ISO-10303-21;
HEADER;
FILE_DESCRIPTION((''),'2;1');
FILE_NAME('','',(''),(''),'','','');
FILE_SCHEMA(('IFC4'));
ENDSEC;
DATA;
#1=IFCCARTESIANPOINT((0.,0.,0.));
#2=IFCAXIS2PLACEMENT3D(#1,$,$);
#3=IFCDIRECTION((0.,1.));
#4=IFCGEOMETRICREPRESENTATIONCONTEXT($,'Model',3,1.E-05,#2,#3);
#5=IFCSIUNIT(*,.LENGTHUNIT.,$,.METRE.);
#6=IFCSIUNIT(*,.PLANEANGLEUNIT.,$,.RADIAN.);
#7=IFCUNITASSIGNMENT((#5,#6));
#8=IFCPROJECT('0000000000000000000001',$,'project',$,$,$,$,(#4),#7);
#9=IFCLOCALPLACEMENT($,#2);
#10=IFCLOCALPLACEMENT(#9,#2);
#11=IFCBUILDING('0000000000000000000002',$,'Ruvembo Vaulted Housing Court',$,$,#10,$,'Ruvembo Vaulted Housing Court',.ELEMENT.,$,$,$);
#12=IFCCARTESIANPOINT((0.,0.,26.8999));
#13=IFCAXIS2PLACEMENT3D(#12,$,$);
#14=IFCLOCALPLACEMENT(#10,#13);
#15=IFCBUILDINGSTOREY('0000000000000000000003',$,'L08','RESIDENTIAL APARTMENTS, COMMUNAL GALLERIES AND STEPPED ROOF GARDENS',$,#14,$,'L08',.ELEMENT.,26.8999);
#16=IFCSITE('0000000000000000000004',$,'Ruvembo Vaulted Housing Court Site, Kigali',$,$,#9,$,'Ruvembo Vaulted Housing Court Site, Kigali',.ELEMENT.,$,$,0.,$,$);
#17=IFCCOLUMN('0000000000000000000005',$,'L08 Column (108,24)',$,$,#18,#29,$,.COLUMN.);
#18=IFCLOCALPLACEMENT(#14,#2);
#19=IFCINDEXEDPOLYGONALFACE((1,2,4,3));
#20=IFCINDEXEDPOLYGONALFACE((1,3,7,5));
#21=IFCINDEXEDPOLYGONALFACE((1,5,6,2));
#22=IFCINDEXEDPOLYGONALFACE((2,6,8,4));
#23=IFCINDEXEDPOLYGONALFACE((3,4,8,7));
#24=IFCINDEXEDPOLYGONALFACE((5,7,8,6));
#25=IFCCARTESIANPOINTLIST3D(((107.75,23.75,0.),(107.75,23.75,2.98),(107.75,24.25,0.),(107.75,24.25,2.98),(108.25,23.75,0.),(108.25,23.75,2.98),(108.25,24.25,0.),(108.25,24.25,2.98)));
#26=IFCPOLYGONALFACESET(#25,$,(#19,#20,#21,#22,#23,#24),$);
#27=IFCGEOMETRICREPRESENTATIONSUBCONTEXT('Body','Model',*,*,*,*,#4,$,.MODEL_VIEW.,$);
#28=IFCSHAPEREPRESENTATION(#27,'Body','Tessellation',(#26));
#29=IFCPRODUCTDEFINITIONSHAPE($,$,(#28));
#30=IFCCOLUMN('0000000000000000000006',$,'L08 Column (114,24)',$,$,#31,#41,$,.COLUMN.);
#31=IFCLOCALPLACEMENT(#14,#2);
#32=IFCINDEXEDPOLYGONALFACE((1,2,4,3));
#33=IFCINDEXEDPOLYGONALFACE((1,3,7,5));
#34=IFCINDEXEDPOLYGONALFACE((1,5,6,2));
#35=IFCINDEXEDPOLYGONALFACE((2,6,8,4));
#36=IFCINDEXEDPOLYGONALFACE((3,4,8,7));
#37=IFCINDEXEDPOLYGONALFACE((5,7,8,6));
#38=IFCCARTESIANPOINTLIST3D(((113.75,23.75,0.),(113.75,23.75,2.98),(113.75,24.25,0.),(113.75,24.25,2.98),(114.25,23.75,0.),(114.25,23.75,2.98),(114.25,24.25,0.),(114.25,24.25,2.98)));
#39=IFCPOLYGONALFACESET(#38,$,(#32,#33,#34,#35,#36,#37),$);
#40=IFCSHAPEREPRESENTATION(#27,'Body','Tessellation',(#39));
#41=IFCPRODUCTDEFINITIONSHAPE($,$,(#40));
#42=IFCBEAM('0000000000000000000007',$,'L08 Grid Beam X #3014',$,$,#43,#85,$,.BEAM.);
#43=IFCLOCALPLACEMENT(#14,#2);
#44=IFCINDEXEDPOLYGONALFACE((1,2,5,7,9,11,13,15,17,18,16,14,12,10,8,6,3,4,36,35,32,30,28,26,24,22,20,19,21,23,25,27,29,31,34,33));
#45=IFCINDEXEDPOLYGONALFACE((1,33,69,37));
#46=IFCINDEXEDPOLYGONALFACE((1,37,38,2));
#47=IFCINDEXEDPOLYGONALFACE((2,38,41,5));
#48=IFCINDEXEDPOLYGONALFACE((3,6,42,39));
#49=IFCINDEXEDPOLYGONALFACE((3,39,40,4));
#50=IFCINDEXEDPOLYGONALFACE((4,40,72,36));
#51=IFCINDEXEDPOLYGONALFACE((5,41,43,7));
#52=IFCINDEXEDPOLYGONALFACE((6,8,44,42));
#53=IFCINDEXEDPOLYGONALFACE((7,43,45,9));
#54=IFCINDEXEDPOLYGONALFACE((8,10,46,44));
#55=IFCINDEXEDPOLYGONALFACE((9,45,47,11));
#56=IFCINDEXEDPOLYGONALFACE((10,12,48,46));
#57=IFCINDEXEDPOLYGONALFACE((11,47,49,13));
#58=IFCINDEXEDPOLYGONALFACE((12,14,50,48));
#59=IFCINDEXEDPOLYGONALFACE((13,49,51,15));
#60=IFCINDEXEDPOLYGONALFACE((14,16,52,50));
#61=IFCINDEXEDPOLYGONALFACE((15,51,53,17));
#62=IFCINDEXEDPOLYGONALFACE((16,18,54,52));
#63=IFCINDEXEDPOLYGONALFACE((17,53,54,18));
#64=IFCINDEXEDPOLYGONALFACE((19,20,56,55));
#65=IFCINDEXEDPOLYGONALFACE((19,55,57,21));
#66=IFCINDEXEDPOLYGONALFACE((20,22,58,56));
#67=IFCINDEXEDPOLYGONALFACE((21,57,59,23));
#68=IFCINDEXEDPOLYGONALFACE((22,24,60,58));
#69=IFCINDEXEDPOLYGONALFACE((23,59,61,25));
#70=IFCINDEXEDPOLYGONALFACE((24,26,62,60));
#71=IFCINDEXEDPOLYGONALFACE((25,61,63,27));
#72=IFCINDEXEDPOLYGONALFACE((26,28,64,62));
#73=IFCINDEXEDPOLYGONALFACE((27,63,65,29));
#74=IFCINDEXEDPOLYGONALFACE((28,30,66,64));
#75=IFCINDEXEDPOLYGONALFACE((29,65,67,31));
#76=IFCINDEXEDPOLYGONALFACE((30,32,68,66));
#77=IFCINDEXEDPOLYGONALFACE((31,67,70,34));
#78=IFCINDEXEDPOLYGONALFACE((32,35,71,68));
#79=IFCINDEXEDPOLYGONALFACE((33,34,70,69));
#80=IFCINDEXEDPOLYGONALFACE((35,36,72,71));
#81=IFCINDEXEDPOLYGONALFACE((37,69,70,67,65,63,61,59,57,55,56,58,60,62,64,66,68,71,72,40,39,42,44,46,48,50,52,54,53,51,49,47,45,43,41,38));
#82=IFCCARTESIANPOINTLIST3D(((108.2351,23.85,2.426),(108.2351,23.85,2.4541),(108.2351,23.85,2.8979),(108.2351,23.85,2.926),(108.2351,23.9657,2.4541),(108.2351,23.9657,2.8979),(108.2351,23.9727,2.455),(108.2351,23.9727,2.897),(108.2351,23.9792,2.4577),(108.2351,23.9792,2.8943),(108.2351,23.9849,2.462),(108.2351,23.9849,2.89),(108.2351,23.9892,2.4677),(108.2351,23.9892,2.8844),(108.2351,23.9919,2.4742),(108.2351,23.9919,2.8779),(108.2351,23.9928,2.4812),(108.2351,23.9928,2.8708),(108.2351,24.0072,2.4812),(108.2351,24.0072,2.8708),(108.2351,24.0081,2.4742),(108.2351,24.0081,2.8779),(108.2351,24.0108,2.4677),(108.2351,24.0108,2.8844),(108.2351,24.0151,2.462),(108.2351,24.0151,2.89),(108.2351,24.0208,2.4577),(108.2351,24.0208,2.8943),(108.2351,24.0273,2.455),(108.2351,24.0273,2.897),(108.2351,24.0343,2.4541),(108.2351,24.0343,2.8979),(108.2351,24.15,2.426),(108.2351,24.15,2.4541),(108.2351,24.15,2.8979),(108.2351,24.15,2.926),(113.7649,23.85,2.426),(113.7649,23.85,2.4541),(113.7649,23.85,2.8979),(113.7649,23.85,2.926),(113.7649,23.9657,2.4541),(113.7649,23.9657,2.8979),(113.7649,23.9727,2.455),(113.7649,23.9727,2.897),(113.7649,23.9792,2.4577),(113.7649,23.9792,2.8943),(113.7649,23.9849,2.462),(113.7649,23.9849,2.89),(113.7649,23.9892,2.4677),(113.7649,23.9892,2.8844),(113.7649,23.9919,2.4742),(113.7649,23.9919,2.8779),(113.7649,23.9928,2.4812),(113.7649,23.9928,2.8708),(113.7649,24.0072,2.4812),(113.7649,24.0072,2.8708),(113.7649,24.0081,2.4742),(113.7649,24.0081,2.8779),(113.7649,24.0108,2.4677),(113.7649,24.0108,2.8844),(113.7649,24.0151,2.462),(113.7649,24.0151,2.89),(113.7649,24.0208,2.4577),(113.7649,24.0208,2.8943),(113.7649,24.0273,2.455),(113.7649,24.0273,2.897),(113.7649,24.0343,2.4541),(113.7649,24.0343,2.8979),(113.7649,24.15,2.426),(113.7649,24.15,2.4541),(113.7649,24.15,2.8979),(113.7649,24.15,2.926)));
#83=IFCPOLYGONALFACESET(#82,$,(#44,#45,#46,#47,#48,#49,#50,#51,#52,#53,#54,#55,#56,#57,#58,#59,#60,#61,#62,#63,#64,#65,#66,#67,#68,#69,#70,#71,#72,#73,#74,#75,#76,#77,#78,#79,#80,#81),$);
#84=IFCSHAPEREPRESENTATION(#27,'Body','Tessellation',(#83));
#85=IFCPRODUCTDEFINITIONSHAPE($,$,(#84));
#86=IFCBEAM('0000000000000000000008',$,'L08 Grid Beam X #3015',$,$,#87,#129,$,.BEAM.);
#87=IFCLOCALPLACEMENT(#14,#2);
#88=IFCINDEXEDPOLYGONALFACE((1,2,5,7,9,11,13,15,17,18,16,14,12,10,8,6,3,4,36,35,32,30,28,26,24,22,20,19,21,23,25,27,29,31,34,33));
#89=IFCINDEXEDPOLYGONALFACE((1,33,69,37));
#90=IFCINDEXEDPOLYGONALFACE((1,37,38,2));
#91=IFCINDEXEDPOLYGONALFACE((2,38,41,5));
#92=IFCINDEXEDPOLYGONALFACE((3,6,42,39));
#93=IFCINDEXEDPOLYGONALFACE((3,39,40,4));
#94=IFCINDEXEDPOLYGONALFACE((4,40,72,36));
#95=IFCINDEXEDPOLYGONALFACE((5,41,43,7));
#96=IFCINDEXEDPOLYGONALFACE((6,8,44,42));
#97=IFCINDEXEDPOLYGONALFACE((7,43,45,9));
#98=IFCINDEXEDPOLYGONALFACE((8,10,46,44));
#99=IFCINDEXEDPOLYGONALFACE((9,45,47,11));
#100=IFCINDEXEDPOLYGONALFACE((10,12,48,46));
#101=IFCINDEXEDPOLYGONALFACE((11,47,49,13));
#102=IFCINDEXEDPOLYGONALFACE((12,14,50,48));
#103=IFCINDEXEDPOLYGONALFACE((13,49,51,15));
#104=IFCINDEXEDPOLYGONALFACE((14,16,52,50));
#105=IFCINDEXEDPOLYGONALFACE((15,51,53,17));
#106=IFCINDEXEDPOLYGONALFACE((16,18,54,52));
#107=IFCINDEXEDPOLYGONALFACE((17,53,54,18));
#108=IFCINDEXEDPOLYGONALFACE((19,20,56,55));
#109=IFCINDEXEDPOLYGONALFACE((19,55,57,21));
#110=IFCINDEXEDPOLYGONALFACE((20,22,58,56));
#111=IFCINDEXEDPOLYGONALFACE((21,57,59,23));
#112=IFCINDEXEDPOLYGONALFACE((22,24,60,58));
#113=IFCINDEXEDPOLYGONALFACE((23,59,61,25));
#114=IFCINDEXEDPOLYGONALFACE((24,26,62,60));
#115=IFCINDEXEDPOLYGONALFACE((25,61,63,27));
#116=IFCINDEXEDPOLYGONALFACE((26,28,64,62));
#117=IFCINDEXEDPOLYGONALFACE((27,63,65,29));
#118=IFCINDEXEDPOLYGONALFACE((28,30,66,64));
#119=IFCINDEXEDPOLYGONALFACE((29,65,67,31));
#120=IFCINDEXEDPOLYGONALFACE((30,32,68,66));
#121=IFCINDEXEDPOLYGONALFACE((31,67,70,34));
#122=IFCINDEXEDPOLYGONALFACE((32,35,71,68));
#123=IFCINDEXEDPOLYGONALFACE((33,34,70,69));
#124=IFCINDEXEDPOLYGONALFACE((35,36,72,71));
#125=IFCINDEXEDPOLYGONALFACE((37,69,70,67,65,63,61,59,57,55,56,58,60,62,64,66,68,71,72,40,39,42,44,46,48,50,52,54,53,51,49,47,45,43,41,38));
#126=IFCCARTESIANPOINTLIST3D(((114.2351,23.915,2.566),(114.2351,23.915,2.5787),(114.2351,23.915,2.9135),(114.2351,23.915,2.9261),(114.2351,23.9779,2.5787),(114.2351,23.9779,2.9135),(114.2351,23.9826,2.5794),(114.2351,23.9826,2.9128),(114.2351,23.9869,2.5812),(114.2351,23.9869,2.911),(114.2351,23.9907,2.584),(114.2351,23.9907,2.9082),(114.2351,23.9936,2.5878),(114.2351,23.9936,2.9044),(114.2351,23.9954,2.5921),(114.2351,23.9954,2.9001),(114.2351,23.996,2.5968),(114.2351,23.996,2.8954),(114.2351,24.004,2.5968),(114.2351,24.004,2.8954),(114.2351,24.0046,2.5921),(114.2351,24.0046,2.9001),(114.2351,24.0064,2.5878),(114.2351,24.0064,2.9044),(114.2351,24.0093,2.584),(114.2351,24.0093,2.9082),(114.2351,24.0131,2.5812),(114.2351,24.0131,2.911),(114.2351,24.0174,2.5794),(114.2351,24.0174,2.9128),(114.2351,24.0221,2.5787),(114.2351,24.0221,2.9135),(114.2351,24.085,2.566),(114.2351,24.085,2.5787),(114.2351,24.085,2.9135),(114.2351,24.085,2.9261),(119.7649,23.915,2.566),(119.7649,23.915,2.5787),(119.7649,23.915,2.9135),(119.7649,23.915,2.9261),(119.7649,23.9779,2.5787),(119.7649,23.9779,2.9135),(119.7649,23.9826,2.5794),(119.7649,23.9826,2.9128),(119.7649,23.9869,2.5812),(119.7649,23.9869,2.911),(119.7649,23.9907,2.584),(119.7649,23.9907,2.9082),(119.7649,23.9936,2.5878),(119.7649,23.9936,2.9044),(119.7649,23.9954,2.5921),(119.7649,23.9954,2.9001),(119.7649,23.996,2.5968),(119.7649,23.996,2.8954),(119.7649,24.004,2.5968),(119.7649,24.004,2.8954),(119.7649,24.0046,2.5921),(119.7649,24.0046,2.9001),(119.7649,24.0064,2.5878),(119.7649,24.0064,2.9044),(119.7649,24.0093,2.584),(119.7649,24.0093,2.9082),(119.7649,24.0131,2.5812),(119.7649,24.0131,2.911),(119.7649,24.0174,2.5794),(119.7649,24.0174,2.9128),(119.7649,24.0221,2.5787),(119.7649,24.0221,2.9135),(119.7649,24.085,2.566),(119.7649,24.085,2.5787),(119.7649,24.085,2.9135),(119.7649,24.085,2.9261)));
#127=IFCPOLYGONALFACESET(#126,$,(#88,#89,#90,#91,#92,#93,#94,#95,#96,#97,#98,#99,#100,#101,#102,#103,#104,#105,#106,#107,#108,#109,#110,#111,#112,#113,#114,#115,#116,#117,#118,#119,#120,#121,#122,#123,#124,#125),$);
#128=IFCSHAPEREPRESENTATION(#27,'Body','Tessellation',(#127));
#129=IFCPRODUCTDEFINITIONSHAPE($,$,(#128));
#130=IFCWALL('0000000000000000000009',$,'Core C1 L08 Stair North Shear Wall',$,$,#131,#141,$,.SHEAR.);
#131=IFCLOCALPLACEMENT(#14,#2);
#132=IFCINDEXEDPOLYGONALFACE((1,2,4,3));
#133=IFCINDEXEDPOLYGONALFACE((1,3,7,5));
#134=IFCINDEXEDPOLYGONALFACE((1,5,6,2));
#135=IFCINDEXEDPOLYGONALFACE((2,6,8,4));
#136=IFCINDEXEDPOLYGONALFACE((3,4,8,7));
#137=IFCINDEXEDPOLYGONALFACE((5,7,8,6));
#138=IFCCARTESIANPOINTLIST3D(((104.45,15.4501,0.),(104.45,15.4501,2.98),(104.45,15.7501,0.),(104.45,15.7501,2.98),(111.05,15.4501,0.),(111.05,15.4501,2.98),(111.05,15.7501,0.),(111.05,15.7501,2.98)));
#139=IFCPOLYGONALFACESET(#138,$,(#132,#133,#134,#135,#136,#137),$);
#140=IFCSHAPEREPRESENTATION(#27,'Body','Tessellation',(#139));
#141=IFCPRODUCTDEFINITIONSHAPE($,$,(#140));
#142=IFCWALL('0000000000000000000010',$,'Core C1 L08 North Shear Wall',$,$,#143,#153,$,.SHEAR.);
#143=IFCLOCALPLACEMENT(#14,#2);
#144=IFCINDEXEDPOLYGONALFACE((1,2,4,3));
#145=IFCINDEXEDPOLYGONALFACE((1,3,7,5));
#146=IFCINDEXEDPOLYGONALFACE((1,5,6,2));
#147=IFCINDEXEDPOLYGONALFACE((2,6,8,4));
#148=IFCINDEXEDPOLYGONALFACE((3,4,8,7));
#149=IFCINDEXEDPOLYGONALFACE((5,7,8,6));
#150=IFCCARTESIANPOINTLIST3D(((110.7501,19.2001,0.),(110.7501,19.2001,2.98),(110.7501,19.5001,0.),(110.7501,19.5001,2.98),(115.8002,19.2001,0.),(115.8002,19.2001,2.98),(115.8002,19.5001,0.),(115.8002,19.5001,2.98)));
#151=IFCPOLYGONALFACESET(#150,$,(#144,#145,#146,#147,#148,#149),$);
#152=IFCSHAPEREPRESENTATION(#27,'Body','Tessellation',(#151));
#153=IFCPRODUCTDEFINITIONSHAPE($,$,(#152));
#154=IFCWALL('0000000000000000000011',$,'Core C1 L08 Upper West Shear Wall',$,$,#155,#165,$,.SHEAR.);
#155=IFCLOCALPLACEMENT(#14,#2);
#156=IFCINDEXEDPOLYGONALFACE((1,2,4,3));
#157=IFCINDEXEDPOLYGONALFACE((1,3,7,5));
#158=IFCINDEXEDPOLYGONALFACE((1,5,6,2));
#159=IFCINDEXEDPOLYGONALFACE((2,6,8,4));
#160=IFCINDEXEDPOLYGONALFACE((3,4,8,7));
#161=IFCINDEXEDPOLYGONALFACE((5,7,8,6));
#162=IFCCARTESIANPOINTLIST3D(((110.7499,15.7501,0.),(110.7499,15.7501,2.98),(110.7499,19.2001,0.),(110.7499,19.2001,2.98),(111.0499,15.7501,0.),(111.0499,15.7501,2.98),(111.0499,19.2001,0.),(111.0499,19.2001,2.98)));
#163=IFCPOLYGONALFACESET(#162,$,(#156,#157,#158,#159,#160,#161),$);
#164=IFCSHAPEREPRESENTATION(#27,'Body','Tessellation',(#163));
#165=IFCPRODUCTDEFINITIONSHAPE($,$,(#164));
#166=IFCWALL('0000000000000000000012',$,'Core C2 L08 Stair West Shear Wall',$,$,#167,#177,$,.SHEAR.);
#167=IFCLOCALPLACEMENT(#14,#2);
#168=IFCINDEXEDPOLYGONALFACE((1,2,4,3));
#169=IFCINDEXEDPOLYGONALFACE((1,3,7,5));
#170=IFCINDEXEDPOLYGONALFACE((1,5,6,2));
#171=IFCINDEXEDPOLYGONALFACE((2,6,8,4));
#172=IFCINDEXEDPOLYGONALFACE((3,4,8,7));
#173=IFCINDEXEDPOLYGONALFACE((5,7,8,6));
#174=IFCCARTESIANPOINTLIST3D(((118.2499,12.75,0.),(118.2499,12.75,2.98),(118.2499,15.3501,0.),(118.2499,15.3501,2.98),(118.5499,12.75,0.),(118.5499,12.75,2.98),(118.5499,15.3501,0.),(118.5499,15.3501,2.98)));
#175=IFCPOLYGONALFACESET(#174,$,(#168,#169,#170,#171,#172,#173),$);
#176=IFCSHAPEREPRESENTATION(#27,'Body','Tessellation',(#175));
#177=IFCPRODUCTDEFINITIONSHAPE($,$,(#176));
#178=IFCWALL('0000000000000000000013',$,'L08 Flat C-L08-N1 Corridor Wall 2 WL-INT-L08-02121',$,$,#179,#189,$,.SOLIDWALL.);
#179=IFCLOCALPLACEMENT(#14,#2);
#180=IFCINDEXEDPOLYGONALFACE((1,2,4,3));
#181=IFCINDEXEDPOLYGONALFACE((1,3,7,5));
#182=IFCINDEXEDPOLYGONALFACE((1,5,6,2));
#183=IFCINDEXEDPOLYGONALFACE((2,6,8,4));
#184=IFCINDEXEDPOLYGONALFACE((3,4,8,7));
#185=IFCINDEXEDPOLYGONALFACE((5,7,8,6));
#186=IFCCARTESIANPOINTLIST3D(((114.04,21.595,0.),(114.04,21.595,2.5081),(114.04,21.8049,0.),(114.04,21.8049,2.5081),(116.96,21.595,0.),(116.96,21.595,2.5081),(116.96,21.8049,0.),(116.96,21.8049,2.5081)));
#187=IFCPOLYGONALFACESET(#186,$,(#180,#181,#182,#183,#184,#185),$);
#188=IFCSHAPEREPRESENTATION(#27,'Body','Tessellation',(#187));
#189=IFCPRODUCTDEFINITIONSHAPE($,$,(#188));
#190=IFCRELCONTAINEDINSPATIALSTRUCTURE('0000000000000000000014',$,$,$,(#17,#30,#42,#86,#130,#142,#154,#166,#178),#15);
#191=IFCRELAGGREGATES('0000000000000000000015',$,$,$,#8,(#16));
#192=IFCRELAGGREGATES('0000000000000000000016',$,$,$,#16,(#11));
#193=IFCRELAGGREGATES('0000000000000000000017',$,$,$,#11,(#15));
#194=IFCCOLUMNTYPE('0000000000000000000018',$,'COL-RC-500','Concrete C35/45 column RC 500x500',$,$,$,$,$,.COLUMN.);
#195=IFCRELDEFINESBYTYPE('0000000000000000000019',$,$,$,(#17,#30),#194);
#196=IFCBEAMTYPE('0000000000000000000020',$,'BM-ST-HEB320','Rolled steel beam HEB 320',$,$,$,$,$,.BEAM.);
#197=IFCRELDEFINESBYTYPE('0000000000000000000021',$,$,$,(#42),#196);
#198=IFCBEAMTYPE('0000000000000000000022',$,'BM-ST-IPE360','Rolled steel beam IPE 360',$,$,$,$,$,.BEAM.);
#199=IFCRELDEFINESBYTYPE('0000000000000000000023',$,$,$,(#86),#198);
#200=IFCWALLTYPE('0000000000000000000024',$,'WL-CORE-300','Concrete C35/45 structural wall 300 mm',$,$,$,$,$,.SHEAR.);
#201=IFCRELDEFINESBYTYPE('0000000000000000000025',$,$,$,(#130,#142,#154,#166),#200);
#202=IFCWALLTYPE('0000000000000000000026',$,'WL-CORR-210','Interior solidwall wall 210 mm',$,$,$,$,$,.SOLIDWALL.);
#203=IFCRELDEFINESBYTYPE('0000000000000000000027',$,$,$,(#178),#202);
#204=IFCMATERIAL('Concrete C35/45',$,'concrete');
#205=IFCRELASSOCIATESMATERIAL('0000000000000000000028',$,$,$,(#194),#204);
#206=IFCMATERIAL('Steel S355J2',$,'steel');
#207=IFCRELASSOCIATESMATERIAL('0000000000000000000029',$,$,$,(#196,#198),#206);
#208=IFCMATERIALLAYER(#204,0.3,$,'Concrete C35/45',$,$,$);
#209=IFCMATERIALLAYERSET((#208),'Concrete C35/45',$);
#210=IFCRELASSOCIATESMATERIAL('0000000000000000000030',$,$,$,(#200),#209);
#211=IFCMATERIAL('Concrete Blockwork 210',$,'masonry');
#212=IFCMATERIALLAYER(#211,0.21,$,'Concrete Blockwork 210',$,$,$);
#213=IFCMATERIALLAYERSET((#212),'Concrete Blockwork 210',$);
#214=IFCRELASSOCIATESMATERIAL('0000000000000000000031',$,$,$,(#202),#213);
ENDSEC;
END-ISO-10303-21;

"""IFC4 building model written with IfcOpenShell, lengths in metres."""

from ifc_helpers import new_model, si_unit, direction, frame, frame_2d, origin, origin_2d, place, context, subcontext, project, spatial, rectangle, i_section, extrude, material, layer, layer_set, material_profile, profile_set, type_object, element, save


model = new_model("IFC4")

# Units and contexts
model_context = context("Model", 3, precision=1e-05, world=origin(), true_north=direction((0.0, 1.0)))
body_context = subcontext(model_context, "Body", "Model", "MODEL_VIEW")
ifc_project = project(units=[si_unit("LENGTHUNIT", "METRE"), si_unit("PLANEANGLEUNIT", "RADIAN")], contexts=[model_context])

# Site, building, storey
site_placement = place(None, origin())
site = spatial("IfcSite", under=ifc_project, at=site_placement, Name="Ruvembo Vaulted Housing Court Site, Kigali", LongName="Ruvembo Vaulted Housing Court Site, Kigali", CompositionType="ELEMENT", RefElevation=0.0)
building_placement = place(site_placement, origin())
building = spatial("IfcBuilding", under=site, at=building_placement, Name="Ruvembo Vaulted Housing Court", LongName="Ruvembo Vaulted Housing Court", CompositionType="ELEMENT")
storey_placement = place(building_placement, frame((0.0, 0.0, 26.8999)))
storey = spatial("IfcBuildingStorey", under=building, at=storey_placement, Name="L08", Description="RESIDENTIAL APARTMENTS, COMMUNAL GALLERIES AND STEPPED ROOF GARDENS", LongName="L08", CompositionType="ELEMENT", Elevation=26.8999)

# Columns
ifc_material_1 = material(Name="Concrete C35/45", Category="concrete")
ifc_material_profile_1 = material_profile(ifc_material_1, rectangle(XDim=0.5, YDim=0.5, at=origin_2d()), Name="RC 500x500")
ifc_profile_set_1 = profile_set([ifc_material_profile_1], Name="Concrete C35/45")
column_type = type_object("IfcColumnType", Name="COL-RC-500", Description="Concrete C35/45 column RC 500x500", PredefinedType="COLUMN", material=ifc_profile_set_1)
for number, where, z_axis, x_axis, name in (
    (1, (108.0, 24.0, 0.0), (0.0, 0.0, 1.0), (1.0, 0.0, 0.0), "L08 Column (108,24)"),
    (2, (114.0, 24.0, 0.0), (0.0, 0.0, 1.0), (1.0, 0.0, 0.0), "L08 Column (114,24)"),
):
    element("IfcColumn", number, at=place(storey_placement, frame(where, z_axis=z_axis, x_axis=x_axis)), inside=storey, type_object=column_type, Name=name, PredefinedType="COLUMN", context=body_context, shape_type="SweptSolid", body=[
        extrude(rectangle(XDim=0.5, YDim=0.5, at=origin_2d()), origin(), (0.0, 0.0, 1.0), 2.98),
    ])

# Beams
ifc_material_2 = material(Name="Steel S355J2", Category="steel")
ifc_material_profile_2 = material_profile(ifc_material_2, i_section(OverallWidth=0.3, OverallDepth=0.5, WebThickness=0.0144, FlangeThickness=0.0281, FilletRadius=0.0271, at=origin_2d()), Name="HEB 320")
ifc_profile_set_2 = profile_set([ifc_material_profile_2], Name="Steel S355J2")
beam_type_1 = type_object("IfcBeamType", Name="BM-ST-HEB320", Description="Rolled steel beam HEB 320", PredefinedType="BEAM", material=ifc_profile_set_2)
beam_1_placement = place(storey_placement, frame((108.2351, 24.0, 2.676), z_axis=(1.0, 0.0, 0.0), x_axis=(0.0, 1.0, 0.0)))
element("IfcBeam", 3, at=beam_1_placement, inside=storey, type_object=beam_type_1, Name="L08 Grid Beam X #3014", PredefinedType="BEAM", context=body_context, shape_type="SweptSolid", body=[
    extrude(i_section(OverallWidth=0.3, OverallDepth=0.5, WebThickness=0.0144, FlangeThickness=0.0281, FilletRadius=0.0271, at=origin_2d()), origin(), (0.0, 0.0, 1.0), 5.5298),
])
ifc_material_profile_3 = material_profile(ifc_material_2, i_section(OverallWidth=0.1699, OverallDepth=0.3601, WebThickness=0.0081, FlangeThickness=0.0127, FilletRadius=0.0181, at=origin_2d()), Name="IPE 360")
ifc_profile_set_3 = profile_set([ifc_material_profile_3], Name="Steel S355J2")
beam_type_2 = type_object("IfcBeamType", Name="BM-ST-IPE360", Description="Rolled steel beam IPE 360", PredefinedType="BEAM", material=ifc_profile_set_3)
beam_2_placement = place(storey_placement, frame((114.2351, 24.0, 2.7461), z_axis=(1.0, 0.0, 0.0), x_axis=(0.0, 1.0, 0.0)))
element("IfcBeam", 4, at=beam_2_placement, inside=storey, type_object=beam_type_2, Name="L08 Grid Beam X #3015", PredefinedType="BEAM", context=body_context, shape_type="SweptSolid", body=[
    extrude(i_section(OverallWidth=0.1699, OverallDepth=0.3601, WebThickness=0.0081, FlangeThickness=0.0127, FilletRadius=0.0181, at=origin_2d()), origin(), (0.0, 0.0, 1.0), 5.5298),
])

# Walls
ifc_layer_1 = layer(ifc_material_1, 0.3, Name="Concrete C35/45")
ifc_layer_set_1 = layer_set([ifc_layer_1], Name="Concrete C35/45")
wall_type_1 = type_object("IfcWallType", Name="WL-CORE-300", Description="Concrete C35/45 structural wall 300 mm", PredefinedType="SHEAR", material=ifc_layer_set_1)
wall_1_placement = place(storey_placement, frame((111.05, 15.6001, 0.0), z_axis=(0.0, 0.0, 1.0), x_axis=(-1.0, 0.0, 0.0)))
element("IfcWall", 5, at=wall_1_placement, inside=storey, type_object=wall_type_1, Name="Core C1 L08 Stair North Shear Wall", PredefinedType="SHEAR", context=body_context, shape_type="SweptSolid", body=[
    extrude(rectangle(XDim=6.6001, YDim=0.3, at=frame_2d((3.3, 0.0))), origin(), (0.0, 0.0, 1.0), 2.98),
])
wall_2_placement = place(storey_placement, frame((115.8, 19.3501, 0.0), z_axis=(0.0, 0.0, 1.0), x_axis=(-1.0, 0.0, 0.0)))
element("IfcWall", 6, at=wall_2_placement, inside=storey, type_object=wall_type_1, Name="Core C1 L08 North Shear Wall", PredefinedType="SHEAR", context=body_context, shape_type="SweptSolid", body=[
    extrude(rectangle(XDim=5.05, YDim=0.3, at=frame_2d((2.5249, 0.0))), origin(), (0.0, 0.0, 1.0), 2.98),
])
wall_3_placement = place(storey_placement, frame((110.8999, 15.75, 0.0), z_axis=(0.0, 0.0, 1.0), x_axis=(0.0, 1.0, 0.0)))
element("IfcWall", 7, at=wall_3_placement, inside=storey, type_object=wall_type_1, Name="Core C1 L08 Upper West Shear Wall", PredefinedType="SHEAR", context=body_context, shape_type="SweptSolid", body=[
    extrude(rectangle(XDim=3.45, YDim=0.3, at=frame_2d((1.7251, 0.0))), origin(), (0.0, 0.0, 1.0), 2.98),
])
wall_4_placement = place(storey_placement, frame((118.3999, 15.3501, 0.0), z_axis=(0.0, 0.0, 1.0), x_axis=(0.0, -1.0, 0.0)))
element("IfcWall", 8, at=wall_4_placement, inside=storey, type_object=wall_type_1, Name="Core C2 L08 Stair West Shear Wall", PredefinedType="SHEAR", context=body_context, shape_type="SweptSolid", body=[
    extrude(rectangle(XDim=2.6001, YDim=0.3, at=frame_2d((1.3, 0.0))), origin(), (0.0, 0.0, 1.0), 2.98),
])
ifc_material_3 = material(Name="Concrete Blockwork 210", Category="masonry")
ifc_layer_2 = layer(ifc_material_3, 0.21, Name="Concrete Blockwork 210")
ifc_layer_set_2 = layer_set([ifc_layer_2], Name="Concrete Blockwork 210")
wall_type_2 = type_object("IfcWallType", Name="WL-CORR-210", Description="Interior solidwall wall 210 mm", PredefinedType="SOLIDWALL", material=ifc_layer_set_2)
wall_5_placement = place(storey_placement, frame((114.04, 21.7, 0.0), z_axis=(0.0, 0.0, 1.0), x_axis=(1.0, 0.0, 0.0)))
element("IfcWall", 9, at=wall_5_placement, inside=storey, type_object=wall_type_2, Name="L08 Flat C-L08-N1 Corridor Wall 2 WL-INT-L08-02121", PredefinedType="SOLIDWALL", context=body_context, shape_type="SweptSolid", body=[
    extrude(rectangle(XDim=2.9199, YDim=0.21, at=frame_2d((1.46, 0.0))), origin(), (0.0, 0.0, 1.0), 2.5081),
])

save(model, "model.ifc")
